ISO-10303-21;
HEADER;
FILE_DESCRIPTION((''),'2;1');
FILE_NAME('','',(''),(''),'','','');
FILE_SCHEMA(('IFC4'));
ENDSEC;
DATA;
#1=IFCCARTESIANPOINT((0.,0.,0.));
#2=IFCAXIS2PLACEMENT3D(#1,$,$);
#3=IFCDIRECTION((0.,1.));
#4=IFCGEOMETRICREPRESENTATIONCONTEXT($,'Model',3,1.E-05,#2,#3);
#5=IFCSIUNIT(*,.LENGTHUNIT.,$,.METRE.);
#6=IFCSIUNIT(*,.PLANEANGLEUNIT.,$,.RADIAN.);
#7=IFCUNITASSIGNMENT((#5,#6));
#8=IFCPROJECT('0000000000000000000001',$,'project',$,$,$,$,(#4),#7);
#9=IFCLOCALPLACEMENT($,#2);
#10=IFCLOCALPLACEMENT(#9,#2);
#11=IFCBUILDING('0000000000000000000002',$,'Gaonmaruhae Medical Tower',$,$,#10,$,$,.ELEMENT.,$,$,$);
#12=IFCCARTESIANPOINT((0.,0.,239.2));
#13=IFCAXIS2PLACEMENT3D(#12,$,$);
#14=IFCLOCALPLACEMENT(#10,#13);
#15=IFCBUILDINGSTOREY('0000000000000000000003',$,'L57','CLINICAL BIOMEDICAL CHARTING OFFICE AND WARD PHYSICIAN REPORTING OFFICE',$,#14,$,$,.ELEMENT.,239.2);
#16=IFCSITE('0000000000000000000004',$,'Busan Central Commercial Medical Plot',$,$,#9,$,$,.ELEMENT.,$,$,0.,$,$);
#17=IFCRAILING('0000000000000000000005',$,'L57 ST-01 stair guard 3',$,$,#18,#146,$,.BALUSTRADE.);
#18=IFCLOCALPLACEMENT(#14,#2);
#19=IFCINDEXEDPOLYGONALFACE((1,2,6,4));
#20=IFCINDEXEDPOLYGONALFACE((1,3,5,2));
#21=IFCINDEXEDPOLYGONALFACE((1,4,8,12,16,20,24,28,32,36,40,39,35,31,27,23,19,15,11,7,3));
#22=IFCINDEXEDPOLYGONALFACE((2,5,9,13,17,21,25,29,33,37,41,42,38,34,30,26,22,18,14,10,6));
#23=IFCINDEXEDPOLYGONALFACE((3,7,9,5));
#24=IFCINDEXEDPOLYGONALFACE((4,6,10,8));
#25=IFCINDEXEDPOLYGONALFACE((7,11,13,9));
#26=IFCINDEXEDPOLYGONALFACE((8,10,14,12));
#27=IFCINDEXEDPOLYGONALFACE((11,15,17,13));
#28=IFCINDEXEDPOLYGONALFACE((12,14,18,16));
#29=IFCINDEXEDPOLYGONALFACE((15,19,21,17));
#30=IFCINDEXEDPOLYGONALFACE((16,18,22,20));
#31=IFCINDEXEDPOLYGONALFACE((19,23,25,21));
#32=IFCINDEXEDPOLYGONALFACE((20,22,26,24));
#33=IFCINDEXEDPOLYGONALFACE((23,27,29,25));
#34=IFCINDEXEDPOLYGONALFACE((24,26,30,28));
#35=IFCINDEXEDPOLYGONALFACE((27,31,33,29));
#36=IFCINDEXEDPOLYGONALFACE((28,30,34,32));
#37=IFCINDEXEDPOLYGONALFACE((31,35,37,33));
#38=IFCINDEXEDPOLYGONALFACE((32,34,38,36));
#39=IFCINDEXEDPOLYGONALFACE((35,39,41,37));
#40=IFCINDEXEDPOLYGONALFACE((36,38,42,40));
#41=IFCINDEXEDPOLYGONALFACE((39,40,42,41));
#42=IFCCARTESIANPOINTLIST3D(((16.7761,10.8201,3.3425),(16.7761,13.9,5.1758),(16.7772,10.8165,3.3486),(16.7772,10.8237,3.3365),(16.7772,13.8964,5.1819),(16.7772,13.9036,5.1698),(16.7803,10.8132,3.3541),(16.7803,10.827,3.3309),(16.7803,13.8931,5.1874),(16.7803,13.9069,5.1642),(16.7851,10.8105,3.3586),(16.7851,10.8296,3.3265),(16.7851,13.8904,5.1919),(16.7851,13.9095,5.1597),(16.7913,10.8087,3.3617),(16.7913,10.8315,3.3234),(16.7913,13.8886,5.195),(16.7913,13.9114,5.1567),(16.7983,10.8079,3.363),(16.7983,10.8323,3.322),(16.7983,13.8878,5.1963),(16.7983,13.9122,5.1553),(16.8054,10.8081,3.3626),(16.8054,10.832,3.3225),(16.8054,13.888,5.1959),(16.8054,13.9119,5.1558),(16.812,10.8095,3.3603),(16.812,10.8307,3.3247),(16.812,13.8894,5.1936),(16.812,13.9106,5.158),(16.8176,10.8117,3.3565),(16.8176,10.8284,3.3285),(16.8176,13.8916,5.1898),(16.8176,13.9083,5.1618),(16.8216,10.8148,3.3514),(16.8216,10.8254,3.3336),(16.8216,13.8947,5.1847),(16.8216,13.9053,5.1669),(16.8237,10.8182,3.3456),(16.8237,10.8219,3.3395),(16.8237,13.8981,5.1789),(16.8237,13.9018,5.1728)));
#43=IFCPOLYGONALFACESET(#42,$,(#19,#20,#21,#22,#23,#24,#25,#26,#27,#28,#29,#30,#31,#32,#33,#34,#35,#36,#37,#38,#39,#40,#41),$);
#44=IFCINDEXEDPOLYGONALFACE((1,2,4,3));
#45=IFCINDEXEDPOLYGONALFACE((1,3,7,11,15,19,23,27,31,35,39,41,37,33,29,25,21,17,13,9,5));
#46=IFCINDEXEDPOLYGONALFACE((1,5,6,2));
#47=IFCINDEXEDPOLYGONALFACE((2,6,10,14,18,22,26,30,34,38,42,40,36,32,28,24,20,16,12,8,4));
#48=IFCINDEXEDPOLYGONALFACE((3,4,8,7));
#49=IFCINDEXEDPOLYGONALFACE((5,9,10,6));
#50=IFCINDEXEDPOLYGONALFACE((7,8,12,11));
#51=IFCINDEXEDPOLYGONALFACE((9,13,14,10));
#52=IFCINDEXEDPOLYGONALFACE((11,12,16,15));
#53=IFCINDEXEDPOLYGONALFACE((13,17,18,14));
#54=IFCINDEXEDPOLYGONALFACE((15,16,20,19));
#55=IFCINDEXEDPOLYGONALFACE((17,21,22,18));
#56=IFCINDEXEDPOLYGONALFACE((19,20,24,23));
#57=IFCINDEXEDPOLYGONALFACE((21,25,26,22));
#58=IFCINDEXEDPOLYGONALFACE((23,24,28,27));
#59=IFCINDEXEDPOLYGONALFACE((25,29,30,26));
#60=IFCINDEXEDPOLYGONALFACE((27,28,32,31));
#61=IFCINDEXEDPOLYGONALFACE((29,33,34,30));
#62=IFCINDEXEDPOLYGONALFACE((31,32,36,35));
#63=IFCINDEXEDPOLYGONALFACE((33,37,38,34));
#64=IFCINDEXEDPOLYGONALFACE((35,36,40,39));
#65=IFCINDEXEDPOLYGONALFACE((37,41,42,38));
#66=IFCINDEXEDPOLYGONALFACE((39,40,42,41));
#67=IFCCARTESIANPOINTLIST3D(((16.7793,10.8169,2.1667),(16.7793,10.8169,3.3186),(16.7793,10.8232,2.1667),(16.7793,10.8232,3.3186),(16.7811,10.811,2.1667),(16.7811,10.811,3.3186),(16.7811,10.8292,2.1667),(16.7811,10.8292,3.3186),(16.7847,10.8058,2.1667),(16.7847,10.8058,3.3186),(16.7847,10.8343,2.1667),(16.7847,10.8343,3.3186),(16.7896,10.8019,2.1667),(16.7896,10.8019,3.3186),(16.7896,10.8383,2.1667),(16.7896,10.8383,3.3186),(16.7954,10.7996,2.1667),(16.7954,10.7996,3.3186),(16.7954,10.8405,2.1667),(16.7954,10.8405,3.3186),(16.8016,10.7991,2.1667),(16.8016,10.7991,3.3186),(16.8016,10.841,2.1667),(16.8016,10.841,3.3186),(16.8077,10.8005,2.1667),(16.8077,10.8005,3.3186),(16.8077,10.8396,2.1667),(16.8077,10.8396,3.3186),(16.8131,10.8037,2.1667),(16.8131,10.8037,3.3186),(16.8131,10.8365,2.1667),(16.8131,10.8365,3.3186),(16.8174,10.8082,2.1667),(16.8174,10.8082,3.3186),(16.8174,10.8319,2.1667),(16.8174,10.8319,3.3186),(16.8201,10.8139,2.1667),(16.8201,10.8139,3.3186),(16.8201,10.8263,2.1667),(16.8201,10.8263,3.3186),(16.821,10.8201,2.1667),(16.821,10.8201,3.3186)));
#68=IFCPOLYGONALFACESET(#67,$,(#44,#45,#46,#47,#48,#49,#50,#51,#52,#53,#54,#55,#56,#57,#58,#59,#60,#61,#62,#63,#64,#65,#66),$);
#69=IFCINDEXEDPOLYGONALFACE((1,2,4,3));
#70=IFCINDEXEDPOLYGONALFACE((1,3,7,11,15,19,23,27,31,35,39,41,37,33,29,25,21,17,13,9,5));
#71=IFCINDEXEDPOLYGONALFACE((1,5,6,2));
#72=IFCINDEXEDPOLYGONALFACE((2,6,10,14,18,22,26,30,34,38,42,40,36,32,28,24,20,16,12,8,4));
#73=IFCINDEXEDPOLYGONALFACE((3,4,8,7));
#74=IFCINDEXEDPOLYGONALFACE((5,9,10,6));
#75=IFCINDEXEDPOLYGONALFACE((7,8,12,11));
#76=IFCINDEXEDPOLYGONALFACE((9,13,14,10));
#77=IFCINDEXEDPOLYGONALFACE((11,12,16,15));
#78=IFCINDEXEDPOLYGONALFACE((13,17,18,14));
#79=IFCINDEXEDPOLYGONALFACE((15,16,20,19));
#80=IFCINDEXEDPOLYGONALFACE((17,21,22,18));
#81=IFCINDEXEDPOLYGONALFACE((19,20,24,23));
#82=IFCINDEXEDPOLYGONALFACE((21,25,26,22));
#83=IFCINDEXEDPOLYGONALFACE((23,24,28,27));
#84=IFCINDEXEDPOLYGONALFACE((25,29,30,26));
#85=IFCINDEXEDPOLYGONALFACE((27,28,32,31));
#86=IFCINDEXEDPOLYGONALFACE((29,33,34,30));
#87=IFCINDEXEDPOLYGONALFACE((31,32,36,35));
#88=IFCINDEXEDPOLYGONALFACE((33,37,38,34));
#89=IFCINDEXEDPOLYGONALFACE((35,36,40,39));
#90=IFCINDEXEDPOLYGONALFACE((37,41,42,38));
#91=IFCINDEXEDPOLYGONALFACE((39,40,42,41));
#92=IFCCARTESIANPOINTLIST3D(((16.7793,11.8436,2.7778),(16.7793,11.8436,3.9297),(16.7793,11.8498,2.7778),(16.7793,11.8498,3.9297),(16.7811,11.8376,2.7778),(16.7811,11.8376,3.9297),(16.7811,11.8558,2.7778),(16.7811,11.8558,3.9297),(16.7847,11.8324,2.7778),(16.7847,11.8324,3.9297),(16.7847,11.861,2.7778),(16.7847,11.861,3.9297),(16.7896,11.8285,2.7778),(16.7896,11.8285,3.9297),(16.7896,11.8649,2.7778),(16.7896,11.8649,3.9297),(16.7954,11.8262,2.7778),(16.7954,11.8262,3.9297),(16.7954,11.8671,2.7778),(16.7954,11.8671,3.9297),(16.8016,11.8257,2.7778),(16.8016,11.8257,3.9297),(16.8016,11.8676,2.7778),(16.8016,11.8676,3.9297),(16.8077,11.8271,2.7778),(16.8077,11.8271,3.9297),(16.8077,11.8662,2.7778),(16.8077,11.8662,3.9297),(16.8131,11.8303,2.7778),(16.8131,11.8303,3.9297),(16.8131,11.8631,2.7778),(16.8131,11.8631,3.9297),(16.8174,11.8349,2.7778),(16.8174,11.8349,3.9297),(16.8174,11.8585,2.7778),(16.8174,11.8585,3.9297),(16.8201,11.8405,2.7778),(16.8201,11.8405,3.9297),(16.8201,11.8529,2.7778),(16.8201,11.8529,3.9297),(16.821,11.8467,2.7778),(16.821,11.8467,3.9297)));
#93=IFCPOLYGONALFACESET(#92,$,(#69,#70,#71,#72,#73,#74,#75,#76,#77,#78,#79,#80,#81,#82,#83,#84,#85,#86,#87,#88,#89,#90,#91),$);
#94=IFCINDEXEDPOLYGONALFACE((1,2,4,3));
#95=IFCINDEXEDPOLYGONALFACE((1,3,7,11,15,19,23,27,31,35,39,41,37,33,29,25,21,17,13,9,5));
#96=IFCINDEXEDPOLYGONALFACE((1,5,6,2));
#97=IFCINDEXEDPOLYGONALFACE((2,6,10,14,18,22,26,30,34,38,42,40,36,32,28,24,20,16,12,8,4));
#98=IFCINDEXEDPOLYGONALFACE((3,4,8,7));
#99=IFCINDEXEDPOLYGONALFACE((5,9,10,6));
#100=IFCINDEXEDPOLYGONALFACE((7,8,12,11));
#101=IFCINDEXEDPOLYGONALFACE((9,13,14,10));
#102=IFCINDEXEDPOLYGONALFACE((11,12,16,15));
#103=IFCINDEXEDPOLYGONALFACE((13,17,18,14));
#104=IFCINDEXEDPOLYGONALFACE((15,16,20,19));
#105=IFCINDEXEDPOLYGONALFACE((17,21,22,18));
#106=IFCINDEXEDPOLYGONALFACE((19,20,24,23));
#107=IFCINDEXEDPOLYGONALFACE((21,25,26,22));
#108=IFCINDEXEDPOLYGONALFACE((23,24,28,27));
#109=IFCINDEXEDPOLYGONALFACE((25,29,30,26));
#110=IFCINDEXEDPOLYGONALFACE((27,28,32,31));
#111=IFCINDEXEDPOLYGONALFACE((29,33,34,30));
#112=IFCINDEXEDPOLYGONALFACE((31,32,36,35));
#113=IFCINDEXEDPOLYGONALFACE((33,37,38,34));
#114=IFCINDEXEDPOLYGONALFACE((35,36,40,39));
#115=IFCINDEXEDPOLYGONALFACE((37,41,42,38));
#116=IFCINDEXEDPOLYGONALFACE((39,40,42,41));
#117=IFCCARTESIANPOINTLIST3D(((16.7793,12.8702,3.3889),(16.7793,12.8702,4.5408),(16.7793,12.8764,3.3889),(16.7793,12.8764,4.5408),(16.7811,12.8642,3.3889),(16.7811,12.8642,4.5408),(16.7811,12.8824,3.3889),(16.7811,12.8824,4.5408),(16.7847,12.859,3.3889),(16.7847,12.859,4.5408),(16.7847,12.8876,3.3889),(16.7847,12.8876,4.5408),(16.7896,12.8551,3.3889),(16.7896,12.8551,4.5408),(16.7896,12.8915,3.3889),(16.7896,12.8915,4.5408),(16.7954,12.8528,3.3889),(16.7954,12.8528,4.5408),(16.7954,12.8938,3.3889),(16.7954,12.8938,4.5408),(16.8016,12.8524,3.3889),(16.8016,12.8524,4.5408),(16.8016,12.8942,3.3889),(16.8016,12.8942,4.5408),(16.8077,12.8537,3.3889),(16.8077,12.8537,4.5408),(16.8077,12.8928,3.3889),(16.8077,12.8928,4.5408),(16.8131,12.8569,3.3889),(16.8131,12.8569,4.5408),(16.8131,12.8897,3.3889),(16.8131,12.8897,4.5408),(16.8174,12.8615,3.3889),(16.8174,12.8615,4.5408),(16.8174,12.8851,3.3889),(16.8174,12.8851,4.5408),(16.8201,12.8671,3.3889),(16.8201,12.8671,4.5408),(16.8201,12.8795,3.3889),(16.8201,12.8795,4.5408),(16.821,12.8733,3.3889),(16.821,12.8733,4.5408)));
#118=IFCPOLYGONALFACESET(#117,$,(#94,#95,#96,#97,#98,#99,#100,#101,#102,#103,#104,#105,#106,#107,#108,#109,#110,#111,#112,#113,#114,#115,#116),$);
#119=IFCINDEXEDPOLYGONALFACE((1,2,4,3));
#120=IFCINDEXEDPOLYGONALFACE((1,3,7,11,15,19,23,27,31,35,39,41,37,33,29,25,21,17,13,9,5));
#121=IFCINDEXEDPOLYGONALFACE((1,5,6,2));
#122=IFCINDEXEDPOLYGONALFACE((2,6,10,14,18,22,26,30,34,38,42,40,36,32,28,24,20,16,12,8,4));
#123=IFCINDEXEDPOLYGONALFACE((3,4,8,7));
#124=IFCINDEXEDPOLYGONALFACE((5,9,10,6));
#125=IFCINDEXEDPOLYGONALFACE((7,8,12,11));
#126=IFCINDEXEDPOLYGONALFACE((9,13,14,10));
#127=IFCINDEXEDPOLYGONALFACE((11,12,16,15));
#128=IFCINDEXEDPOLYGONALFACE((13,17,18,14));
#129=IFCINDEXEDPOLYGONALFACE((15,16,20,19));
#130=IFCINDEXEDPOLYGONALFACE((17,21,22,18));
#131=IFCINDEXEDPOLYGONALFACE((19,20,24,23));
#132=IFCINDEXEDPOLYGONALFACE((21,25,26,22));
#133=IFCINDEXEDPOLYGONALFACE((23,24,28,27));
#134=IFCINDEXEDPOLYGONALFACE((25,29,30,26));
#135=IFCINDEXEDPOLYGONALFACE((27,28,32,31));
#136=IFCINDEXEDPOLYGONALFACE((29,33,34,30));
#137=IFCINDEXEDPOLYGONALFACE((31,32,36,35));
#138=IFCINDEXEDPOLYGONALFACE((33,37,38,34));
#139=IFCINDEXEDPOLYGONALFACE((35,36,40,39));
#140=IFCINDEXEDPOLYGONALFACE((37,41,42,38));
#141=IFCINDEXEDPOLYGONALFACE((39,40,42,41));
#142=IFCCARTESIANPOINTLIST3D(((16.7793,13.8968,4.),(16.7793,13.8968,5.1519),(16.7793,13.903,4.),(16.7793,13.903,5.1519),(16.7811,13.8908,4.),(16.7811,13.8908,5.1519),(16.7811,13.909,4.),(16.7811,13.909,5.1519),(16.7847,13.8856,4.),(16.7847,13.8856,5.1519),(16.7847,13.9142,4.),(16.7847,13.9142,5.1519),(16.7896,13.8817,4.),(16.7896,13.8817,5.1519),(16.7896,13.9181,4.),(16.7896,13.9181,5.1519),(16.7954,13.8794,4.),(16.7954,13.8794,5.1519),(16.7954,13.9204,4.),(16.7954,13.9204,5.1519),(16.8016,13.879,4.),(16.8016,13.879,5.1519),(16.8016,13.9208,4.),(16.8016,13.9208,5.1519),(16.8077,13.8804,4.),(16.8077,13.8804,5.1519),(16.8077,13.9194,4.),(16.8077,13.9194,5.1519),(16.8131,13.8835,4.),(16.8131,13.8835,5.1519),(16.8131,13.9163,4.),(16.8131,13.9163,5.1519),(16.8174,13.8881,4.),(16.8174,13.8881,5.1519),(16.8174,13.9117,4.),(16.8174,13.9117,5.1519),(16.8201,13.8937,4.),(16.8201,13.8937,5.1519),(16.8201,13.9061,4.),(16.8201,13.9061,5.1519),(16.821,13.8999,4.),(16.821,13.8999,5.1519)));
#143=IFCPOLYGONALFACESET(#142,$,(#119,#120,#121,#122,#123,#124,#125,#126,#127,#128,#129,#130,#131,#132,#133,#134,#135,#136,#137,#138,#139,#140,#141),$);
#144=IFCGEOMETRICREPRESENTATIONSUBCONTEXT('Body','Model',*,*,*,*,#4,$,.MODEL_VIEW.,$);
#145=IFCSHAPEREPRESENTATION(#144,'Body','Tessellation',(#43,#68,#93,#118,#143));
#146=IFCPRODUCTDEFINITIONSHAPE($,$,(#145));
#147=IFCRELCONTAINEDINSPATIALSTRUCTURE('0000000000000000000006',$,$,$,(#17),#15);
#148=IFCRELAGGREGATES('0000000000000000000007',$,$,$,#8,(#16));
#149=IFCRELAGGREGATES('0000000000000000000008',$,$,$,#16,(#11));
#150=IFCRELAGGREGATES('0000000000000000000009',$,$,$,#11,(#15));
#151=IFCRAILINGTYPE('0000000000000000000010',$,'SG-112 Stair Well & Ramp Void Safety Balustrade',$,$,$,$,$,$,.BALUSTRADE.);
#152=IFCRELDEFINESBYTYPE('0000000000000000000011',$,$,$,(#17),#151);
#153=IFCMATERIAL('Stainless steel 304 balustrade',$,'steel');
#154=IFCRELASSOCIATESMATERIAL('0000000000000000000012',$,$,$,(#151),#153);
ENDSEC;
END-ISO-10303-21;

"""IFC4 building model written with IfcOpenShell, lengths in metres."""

from ifc_helpers import new_model, si_unit, direction, frame, origin, origin_2d, place, context, subcontext, project, spatial, circle, extrude, material, type_object, element, save


model = new_model("IFC4")

# Units and contexts
model_context = context("Model", 3, precision=1e-05, world=origin(), true_north=direction((0.0, 1.0)))
body_context = subcontext(model_context, "Body", "Model", "MODEL_VIEW")
ifc_project = project(units=[si_unit("LENGTHUNIT", "METRE"), si_unit("PLANEANGLEUNIT", "RADIAN")], contexts=[model_context])

# Site, building, storey
site_placement = place(None, origin())
site = spatial("IfcSite", under=ifc_project, at=site_placement, Name="Busan Central Commercial Medical Plot", CompositionType="ELEMENT", RefElevation=0.0)
building_placement = place(site_placement, origin())
building = spatial("IfcBuilding", under=site, at=building_placement, Name="Gaonmaruhae Medical Tower", CompositionType="ELEMENT")
storey_placement = place(building_placement, frame((0.0, 0.0, 239.2)))
storey = spatial("IfcBuildingStorey", under=building, at=storey_placement, Name="L57", Description="CLINICAL BIOMEDICAL CHARTING OFFICE AND WARD PHYSICIAN REPORTING OFFICE", CompositionType="ELEMENT", Elevation=239.2)

# Railing
ifc_material_1 = material(Name="Stainless steel 304 balustrade", Category="steel")
railing_type_1 = type_object("IfcRailingType", Name="SG-112 Stair Well & Ramp Void Safety Balustrade", PredefinedType="BALUSTRADE", material=ifc_material_1)
railing_1_placement = place(storey_placement, frame((16.8, 10.8201, 2.1667)))
element("IfcRailing", 1, at=railing_1_placement, inside=storey, type_object=railing_type_1, Name="L57 ST-01 stair guard 3", PredefinedType="BALUSTRADE", context=body_context, shape_type="SweptSolid", body=[
    extrude(circle(Radius=0.0239, at=origin_2d()), frame((0.0, 0.0, 1.1758), z_axis=(0.0, 0.859291, 0.511487), x_axis=(-1.0, 0.0, 0.0)), (0.0, 0.0, 1.0), 3.5842),
    extrude(circle(Radius=0.021, at=origin_2d()), origin(), (0.0, 0.0, 1.0), 1.1519),
    extrude(circle(Radius=0.021, at=origin_2d()), frame((0.0, 1.0266, 0.6111)), (0.0, 0.0, 1.0), 1.1519),
    extrude(circle(Radius=0.021, at=origin_2d()), frame((0.0, 2.0532, 1.2222)), (0.0, 0.0, 1.0), 1.1519),
    extrude(circle(Radius=0.021, at=origin_2d()), frame((0.0, 3.0798, 1.8333)), (0.0, 0.0, 1.0), 1.1519),
])

save(model, "model.ifc")
